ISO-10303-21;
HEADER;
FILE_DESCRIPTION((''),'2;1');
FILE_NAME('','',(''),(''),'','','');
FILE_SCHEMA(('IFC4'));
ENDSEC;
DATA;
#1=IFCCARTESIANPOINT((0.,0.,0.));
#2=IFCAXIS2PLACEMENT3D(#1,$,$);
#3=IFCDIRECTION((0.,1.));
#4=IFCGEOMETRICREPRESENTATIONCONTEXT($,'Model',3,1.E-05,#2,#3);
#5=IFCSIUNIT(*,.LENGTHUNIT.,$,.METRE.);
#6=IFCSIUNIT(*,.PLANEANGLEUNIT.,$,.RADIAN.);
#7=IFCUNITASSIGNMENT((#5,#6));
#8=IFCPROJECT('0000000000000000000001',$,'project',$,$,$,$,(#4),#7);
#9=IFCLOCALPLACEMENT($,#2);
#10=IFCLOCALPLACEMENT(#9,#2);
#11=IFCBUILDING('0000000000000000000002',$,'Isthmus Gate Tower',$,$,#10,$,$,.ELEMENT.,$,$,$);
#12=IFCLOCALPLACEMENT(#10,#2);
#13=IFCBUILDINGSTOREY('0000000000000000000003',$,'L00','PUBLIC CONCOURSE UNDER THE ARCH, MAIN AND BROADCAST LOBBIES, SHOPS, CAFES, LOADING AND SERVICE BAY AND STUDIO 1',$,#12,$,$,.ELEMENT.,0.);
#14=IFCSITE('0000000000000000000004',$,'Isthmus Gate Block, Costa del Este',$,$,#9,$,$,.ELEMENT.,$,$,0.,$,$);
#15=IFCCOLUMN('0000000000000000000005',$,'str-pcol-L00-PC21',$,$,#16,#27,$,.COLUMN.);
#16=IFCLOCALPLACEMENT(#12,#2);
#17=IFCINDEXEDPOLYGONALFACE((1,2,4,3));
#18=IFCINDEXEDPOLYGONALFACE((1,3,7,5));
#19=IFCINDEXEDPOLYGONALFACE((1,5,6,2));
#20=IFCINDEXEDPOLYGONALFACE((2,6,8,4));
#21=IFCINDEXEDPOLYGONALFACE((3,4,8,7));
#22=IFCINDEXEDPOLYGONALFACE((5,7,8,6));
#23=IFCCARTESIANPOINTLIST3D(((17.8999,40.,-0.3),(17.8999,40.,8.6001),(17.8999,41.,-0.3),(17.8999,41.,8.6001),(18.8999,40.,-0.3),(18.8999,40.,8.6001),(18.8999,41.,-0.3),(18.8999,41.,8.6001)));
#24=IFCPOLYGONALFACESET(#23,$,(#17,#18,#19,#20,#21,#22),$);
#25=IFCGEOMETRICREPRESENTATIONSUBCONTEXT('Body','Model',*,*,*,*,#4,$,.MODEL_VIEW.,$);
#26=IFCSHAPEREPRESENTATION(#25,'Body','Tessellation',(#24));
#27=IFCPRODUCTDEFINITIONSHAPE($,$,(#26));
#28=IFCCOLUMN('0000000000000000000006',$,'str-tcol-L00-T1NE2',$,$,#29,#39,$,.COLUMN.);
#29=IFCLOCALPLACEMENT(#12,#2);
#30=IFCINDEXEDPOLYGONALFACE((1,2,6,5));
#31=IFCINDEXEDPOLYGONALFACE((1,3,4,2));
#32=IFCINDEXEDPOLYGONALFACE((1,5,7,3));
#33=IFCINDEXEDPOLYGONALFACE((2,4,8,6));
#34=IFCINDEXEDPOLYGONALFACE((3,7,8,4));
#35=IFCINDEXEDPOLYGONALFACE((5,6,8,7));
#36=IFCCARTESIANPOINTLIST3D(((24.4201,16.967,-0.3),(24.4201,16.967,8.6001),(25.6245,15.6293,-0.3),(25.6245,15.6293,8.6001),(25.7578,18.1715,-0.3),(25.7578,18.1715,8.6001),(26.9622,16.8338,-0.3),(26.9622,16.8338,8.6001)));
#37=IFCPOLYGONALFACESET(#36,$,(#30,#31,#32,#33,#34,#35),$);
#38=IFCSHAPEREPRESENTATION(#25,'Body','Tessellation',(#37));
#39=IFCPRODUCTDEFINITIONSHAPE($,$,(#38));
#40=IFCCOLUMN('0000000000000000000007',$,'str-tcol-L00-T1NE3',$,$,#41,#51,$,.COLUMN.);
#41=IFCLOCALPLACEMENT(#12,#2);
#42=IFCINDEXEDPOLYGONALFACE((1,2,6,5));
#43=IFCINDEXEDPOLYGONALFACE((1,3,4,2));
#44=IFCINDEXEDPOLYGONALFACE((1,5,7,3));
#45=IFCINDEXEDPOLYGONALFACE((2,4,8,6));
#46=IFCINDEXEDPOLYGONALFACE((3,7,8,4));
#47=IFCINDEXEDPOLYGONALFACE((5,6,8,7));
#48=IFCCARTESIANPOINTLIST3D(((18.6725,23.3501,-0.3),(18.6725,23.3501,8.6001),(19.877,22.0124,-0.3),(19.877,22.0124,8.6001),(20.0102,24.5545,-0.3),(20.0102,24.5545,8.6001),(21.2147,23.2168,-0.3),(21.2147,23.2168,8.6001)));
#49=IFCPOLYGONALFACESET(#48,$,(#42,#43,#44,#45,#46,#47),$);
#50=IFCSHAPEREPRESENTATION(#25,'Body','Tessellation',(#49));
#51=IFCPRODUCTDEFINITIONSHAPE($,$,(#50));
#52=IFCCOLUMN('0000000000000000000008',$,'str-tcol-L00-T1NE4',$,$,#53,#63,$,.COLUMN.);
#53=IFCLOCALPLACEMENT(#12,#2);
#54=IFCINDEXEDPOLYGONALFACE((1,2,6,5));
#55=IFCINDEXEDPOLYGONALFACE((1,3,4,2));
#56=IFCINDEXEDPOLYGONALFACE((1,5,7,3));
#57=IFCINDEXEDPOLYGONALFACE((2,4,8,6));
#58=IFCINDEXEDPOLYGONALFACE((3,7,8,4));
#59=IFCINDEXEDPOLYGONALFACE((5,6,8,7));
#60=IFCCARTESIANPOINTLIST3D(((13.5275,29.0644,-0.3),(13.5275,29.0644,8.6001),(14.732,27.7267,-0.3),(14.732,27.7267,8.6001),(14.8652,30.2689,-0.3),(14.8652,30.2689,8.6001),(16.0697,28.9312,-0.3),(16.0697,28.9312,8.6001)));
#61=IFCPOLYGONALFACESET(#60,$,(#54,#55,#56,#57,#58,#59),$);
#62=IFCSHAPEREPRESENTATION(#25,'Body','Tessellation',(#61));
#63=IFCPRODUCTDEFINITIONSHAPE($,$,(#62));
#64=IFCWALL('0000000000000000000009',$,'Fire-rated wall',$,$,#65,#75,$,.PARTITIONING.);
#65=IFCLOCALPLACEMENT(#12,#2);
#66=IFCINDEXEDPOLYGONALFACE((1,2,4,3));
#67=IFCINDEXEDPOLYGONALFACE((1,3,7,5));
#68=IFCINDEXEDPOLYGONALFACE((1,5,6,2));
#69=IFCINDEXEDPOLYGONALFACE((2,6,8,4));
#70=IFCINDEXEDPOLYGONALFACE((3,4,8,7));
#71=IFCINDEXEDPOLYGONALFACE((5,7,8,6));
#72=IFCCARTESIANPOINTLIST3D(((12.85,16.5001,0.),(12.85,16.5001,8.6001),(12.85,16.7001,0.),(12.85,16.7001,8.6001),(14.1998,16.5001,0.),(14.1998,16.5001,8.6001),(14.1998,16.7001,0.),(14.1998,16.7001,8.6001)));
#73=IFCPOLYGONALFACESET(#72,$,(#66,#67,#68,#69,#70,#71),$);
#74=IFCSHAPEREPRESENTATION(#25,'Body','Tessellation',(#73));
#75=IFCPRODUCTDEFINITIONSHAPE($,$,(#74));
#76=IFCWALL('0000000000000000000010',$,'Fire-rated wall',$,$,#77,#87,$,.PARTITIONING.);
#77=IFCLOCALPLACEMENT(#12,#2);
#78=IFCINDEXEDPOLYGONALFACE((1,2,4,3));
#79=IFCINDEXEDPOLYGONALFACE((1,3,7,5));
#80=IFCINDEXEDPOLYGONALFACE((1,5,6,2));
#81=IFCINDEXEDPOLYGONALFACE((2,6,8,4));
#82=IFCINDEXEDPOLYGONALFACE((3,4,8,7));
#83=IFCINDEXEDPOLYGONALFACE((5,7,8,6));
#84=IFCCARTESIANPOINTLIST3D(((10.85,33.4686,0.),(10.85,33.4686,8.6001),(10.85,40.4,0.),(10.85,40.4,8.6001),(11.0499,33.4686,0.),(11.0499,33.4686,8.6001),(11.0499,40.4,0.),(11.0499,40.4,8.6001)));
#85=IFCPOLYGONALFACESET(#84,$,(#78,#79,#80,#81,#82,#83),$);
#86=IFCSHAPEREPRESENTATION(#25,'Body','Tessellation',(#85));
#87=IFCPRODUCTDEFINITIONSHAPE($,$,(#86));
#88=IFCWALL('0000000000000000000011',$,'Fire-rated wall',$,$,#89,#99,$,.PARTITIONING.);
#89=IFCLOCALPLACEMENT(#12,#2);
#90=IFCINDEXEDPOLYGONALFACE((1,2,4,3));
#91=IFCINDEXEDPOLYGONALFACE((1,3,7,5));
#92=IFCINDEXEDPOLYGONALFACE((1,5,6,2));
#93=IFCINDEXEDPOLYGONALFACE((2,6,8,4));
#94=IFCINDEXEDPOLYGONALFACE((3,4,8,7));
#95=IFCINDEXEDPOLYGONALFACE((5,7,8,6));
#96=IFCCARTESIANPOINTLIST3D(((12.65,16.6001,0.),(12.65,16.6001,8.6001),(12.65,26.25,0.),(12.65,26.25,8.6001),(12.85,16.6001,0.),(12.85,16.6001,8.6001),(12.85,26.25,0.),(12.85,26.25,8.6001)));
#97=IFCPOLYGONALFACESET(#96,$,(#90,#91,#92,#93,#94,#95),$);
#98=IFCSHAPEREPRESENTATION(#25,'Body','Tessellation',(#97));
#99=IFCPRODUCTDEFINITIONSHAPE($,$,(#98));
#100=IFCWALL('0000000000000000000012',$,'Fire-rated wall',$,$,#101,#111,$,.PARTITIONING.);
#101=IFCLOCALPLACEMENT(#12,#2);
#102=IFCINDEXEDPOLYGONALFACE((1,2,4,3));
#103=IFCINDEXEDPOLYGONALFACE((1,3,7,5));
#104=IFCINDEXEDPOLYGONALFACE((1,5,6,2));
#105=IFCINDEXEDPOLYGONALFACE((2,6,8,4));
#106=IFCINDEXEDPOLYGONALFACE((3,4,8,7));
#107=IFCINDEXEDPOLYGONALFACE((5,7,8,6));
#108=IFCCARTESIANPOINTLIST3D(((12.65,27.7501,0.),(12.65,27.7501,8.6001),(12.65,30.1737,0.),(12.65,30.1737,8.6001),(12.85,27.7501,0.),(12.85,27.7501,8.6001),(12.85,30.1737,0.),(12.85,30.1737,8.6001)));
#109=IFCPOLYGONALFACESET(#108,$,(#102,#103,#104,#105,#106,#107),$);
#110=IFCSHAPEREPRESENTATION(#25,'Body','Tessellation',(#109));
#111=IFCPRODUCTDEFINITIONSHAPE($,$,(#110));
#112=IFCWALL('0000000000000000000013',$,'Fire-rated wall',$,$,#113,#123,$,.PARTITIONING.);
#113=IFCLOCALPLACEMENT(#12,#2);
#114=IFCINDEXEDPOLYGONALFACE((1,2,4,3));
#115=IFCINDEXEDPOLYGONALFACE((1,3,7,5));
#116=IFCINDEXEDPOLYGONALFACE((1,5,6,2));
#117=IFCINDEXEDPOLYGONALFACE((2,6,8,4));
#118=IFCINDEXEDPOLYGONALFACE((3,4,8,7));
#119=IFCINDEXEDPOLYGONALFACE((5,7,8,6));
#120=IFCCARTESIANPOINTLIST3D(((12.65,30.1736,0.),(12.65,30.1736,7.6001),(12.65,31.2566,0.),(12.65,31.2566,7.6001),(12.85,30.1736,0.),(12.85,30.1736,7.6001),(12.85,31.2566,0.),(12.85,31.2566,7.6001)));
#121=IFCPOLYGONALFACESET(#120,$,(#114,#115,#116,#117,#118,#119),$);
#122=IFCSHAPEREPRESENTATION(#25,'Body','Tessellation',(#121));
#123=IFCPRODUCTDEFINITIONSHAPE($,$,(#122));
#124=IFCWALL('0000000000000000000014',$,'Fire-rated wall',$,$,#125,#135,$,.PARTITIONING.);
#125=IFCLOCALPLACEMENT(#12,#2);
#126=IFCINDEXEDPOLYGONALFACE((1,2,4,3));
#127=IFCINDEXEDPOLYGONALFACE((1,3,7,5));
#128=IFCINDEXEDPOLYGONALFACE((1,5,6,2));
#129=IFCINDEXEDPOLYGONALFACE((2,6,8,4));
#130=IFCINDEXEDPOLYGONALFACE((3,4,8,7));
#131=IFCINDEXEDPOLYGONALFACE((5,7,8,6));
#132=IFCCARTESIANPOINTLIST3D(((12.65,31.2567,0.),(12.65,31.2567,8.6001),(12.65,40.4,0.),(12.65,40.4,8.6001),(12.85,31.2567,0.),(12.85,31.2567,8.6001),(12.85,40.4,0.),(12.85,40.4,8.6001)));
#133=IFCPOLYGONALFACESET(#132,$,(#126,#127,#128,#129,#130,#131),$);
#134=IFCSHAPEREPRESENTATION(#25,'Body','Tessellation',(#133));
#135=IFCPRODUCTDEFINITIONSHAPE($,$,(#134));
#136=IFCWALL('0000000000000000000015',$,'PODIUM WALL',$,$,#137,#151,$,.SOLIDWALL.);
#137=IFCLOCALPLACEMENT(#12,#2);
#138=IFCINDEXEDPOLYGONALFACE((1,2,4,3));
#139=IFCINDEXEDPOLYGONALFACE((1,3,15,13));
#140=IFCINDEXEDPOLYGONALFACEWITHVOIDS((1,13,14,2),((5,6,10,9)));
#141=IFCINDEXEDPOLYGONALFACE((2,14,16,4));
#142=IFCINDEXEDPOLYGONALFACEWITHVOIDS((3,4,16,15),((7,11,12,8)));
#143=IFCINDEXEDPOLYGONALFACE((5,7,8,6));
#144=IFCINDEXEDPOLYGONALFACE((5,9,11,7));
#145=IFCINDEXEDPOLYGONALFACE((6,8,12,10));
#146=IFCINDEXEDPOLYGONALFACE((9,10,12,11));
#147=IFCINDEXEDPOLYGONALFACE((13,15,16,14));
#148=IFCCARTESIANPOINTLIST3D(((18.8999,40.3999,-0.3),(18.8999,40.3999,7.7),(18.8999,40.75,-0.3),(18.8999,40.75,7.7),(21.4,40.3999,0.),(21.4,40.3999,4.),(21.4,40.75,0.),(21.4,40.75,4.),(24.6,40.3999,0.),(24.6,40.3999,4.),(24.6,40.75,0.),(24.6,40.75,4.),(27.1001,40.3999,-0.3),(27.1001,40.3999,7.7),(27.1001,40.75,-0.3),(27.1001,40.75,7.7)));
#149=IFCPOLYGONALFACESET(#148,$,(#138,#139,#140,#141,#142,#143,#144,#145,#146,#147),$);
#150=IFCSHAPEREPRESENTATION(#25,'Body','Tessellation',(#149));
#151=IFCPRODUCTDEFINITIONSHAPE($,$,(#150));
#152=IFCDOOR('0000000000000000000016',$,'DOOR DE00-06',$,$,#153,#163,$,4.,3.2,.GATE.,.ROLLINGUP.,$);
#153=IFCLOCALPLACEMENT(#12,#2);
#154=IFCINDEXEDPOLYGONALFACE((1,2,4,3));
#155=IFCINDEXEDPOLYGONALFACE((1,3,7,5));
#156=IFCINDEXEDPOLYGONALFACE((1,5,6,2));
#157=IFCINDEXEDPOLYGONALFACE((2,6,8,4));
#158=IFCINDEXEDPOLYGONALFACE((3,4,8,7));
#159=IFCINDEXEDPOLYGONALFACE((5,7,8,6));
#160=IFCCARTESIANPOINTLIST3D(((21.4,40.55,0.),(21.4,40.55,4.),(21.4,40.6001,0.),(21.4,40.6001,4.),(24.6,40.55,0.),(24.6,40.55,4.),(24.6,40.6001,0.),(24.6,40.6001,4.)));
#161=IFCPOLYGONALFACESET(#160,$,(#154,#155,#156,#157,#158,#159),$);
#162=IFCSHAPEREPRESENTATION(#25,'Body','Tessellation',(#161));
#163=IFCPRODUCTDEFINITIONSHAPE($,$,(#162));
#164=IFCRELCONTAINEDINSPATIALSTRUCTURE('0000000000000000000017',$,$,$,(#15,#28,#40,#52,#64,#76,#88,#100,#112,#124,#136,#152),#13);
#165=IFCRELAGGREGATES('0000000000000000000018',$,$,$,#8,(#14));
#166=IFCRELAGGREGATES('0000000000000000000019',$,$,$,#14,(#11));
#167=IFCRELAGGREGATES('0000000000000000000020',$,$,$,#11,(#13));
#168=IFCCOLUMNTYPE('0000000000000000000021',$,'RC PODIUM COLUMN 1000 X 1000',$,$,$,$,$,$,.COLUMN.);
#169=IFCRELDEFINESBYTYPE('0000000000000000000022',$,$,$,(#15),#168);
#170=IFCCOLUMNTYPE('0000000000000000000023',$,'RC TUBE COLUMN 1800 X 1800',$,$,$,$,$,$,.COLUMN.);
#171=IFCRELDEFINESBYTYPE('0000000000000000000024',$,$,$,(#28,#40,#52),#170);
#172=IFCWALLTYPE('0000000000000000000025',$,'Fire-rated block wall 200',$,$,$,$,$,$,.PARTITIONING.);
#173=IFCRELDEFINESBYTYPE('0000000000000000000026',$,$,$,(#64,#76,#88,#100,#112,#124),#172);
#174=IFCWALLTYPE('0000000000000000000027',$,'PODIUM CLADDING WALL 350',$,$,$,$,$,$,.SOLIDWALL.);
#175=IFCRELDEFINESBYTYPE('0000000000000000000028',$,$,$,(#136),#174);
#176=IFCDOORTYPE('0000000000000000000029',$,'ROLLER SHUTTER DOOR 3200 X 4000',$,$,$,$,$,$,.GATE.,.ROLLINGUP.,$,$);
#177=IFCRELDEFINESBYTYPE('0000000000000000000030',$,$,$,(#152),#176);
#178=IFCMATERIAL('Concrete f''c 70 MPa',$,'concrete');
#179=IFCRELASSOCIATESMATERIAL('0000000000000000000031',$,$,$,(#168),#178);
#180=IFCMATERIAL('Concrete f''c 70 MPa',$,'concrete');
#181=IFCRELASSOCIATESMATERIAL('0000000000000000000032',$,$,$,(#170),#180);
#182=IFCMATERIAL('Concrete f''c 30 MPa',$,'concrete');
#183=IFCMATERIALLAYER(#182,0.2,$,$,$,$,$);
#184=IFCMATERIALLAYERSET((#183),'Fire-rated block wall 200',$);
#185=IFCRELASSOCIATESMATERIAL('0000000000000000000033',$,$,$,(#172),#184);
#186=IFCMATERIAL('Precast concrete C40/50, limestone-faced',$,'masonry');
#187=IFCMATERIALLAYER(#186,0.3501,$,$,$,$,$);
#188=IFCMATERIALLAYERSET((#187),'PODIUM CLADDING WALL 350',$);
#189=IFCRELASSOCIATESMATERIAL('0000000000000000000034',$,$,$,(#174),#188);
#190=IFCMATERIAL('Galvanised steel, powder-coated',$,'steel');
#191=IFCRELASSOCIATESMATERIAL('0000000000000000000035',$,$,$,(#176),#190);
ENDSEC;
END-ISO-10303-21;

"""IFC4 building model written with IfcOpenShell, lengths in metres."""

from ifc_helpers import new_model, si_unit, direction, frame, frame_2d, origin, origin_2d, place, context, subcontext, project, spatial, rectangle, extrude, material, layer, layer_set, material_profile, profile_set, type_object, element, fill, save


model = new_model("IFC4")

# Units and contexts
model_context = context("Model", 3, precision=1e-05, world=origin(), true_north=direction((0.0, 1.0)))
body_context = subcontext(model_context, "Body", "Model", "MODEL_VIEW")
ifc_project = project(units=[si_unit("LENGTHUNIT", "METRE"), si_unit("PLANEANGLEUNIT", "RADIAN")], contexts=[model_context])

# Site, building, storey
site_placement = place(None, origin())
site = spatial("IfcSite", under=ifc_project, at=site_placement, Name="Isthmus Gate Block, Costa del Este", CompositionType="ELEMENT", RefElevation=0.0)
building_placement = place(site_placement, origin())
building = spatial("IfcBuilding", under=site, at=building_placement, Name="Isthmus Gate Tower", CompositionType="ELEMENT")
storey_placement = place(building_placement, origin())
storey = spatial("IfcBuildingStorey", under=building, at=storey_placement, Name="L00", Description="PUBLIC CONCOURSE UNDER THE ARCH, MAIN AND BROADCAST LOBBIES, SHOPS, CAFES, LOADING AND SERVICE BAY AND STUDIO 1", CompositionType="ELEMENT", Elevation=0.0)

# Columns
ifc_material_1 = material(Name="Concrete f'c 70 MPa", Category="concrete")
ifc_material_profile_1 = material_profile(ifc_material_1, rectangle(XDim=1.0, YDim=1.0, at=origin_2d()), Name="RC 1000X1000")
ifc_profile_set_1 = profile_set([ifc_material_profile_1], Name="Concrete f'c 70 MPa")
column_type_1 = type_object("IfcColumnType", Name="RC PODIUM COLUMN 1000 X 1000", PredefinedType="COLUMN", material=ifc_profile_set_1)
for number, where, z_axis, x_axis, name in (
    (1, (18.3999, 40.5, -0.3), (0.0, 0.0, 1.0), (-1.0, 0.0, 0.0), "str-pcol-L00-PC21"),
):
    element("IfcColumn", number, at=place(storey_placement, frame(where, z_axis=z_axis, x_axis=x_axis)), inside=storey, type_object=column_type_1, Name=name, PredefinedType="COLUMN", context=body_context, shape_type="SweptSolid", body=[
        extrude(rectangle(XDim=1.0, YDim=1.0, at=origin_2d()), origin(), (0.0, 0.0, 1.0), 8.9001),
    ])
ifc_material_2 = material(Name="Concrete f'c 70 MPa", Category="concrete")
ifc_material_profile_2 = material_profile(ifc_material_2, rectangle(XDim=1.8, YDim=1.8, at=origin_2d()), Name="RC 1800X1800")
ifc_profile_set_2 = profile_set([ifc_material_profile_2], Name="Concrete f'c 70 MPa")
column_type_2 = type_object("IfcColumnType", Name="RC TUBE COLUMN 1800 X 1800", PredefinedType="COLUMN", material=ifc_profile_set_2)
for number, where, z_axis, x_axis, name in (
    (2, (25.6912, 16.9004, -0.3), (0.0, 0.0, 1.0), (-0.669131, 0.743145, 0.0), "str-tcol-L00-T1NE2"),
    (3, (19.9436, 23.2834, -0.3), (0.0, 0.0, 1.0), (-0.669131, 0.743145, 0.0), "str-tcol-L00-T1NE3"),
    (4, (14.7986, 28.9978, -0.3), (0.0, 0.0, 1.0), (-0.669131, 0.743145, 0.0), "str-tcol-L00-T1NE4"),
):
    element("IfcColumn", number, at=place(storey_placement, frame(where, z_axis=z_axis, x_axis=x_axis)), inside=storey, type_object=column_type_2, Name=name, PredefinedType="COLUMN", context=body_context, shape_type="SweptSolid", body=[
        extrude(rectangle(XDim=1.8, YDim=1.8, at=origin_2d()), origin(), (0.0, 0.0, 1.0), 8.9001),
    ])

# Walls
ifc_material_3 = material(Name="Concrete f'c 30 MPa", Category="concrete")
ifc_layer_1 = layer(ifc_material_3, 0.2)
ifc_layer_set_1 = layer_set([ifc_layer_1], Name="Fire-rated block wall 200")
wall_type_1 = type_object("IfcWallType", Name="Fire-rated block wall 200", PredefinedType="PARTITIONING", material=ifc_layer_set_1)
wall_1_placement = place(storey_placement, frame((12.8501, 16.6001, 0.0), z_axis=(0.0, 0.0, 1.0), x_axis=(1.0, 0.0, 0.0)))
element("IfcWall", 5, at=wall_1_placement, inside=storey, type_object=wall_type_1, Name="Fire-rated wall", PredefinedType="PARTITIONING", context=body_context, shape_type="SweptSolid", body=[
    extrude(rectangle(XDim=1.3499, YDim=0.2, at=frame_2d((0.6748, 0.0))), origin(), (0.0, 0.0, 1.0), 8.6001),
])
wall_2_placement = place(storey_placement, frame((10.95, 33.4685, 0.0), z_axis=(0.0, 0.0, 1.0), x_axis=(0.0, 1.0, 0.0)))
element("IfcWall", 6, at=wall_2_placement, inside=storey, type_object=wall_type_1, Name="Fire-rated wall", PredefinedType="PARTITIONING", context=body_context, shape_type="SweptSolid", body=[
    extrude(rectangle(XDim=6.9314, YDim=0.2, at=frame_2d((3.4658, 0.0))), origin(), (0.0, 0.0, 1.0), 8.6001),
])
wall_3_placement = place(storey_placement, frame((12.75, 16.6001, 0.0), z_axis=(0.0, 0.0, 1.0), x_axis=(0.0, 1.0, 0.0)))
element("IfcWall", 7, at=wall_3_placement, inside=storey, type_object=wall_type_1, Name="Fire-rated wall", PredefinedType="PARTITIONING", context=body_context, shape_type="SweptSolid", body=[
    extrude(rectangle(XDim=9.6499, YDim=0.2, at=frame_2d((4.825, 0.0))), origin(), (0.0, 0.0, 1.0), 8.6001),
])
wall_4_placement = place(storey_placement, frame((12.75, 27.75, 0.0), z_axis=(0.0, 0.0, 1.0), x_axis=(0.0, 1.0, 0.0)))
element("IfcWall", 8, at=wall_4_placement, inside=storey, type_object=wall_type_1, Name="Fire-rated wall", PredefinedType="PARTITIONING", context=body_context, shape_type="SweptSolid", body=[
    extrude(rectangle(XDim=2.4236, YDim=0.2, at=frame_2d((1.2119, 0.0))), origin(), (0.0, 0.0, 1.0), 8.6001),
])
wall_5_placement = place(storey_placement, frame((12.75, 30.1736, 0.0), z_axis=(0.0, 0.0, 1.0), x_axis=(0.0, 1.0, 0.0)))
element("IfcWall", 9, at=wall_5_placement, inside=storey, type_object=wall_type_1, Name="Fire-rated wall", PredefinedType="PARTITIONING", context=body_context, shape_type="SweptSolid", body=[
    extrude(rectangle(XDim=1.083, YDim=0.2, at=frame_2d((0.5415, 0.0))), origin(), (0.0, 0.0, 1.0), 7.6001),
])
wall_6_placement = place(storey_placement, frame((12.75, 31.2566, 0.0), z_axis=(0.0, 0.0, 1.0), x_axis=(0.0, 1.0, 0.0)))
element("IfcWall", 10, at=wall_6_placement, inside=storey, type_object=wall_type_1, Name="Fire-rated wall", PredefinedType="PARTITIONING", context=body_context, shape_type="SweptSolid", body=[
    extrude(rectangle(XDim=9.1433, YDim=0.2, at=frame_2d((4.5718, 0.0))), origin(), (0.0, 0.0, 1.0), 8.6001),
])

# Wall, opening, door
ifc_material_4 = material(Name="Precast concrete C40/50, limestone-faced", Category="masonry")
ifc_layer_2 = layer(ifc_material_4, 0.3501)
ifc_layer_set_2 = layer_set([ifc_layer_2], Name="PODIUM CLADDING WALL 350")
wall_type_2 = type_object("IfcWallType", Name="PODIUM CLADDING WALL 350", PredefinedType="SOLIDWALL", material=ifc_layer_set_2)
wall_7_placement = place(storey_placement, frame((27.1001, 40.575, -0.3), z_axis=(0.0, 0.0, 1.0), x_axis=(-1.0, 0.0, 0.0)))
wall_7 = element("IfcWall", 11, at=wall_7_placement, inside=storey, type_object=wall_type_2, Name="PODIUM WALL", PredefinedType="SOLIDWALL", context=body_context, shape_type="SweptSolid", body=[
    extrude(rectangle(XDim=8.2002, YDim=0.3501, at=frame_2d((4.1001, 0.0))), origin(), (0.0, 0.0, 1.0), 8.0),
])
opening_1_placement = place(wall_7_placement, frame((2.5, 0.0, 0.3)))
opening_1 = element("IfcOpeningElement", 12, at=opening_1_placement, cuts=wall_7, PredefinedType="OPENING", context=body_context, shape_type="SweptSolid", body=[
    extrude(rectangle(XDim=3.2, YDim=4.0, at=frame_2d((1.6001, 2.0))), frame((0.0, 0.1851, 0.0), z_axis=(0.0, -1.0, 0.0), x_axis=(1.0, 0.0, 0.0)), (0.0, 0.0, 1.0), 0.3701),
])
ifc_material_5 = material(Name="Galvanised steel, powder-coated", Category="steel")
door_type_1 = type_object("IfcDoorType", Name="ROLLER SHUTTER DOOR 3200 X 4000", OperationType="ROLLINGUP", PredefinedType="GATE", material=ifc_material_5)
door_1_placement = place(opening_1_placement, origin())
door_1 = element("IfcDoor", 13, at=door_1_placement, inside=storey, type_object=door_type_1, Name="DOOR DE00-06", OperationType="ROLLINGUP", OverallHeight=4.0, OverallWidth=3.2, PredefinedType="GATE", context=body_context, shape_type="SweptSolid", body=[
    extrude(rectangle(XDim=3.2, YDim=4.0, at=frame_2d((1.6001, 2.0))), frame((0.0, 0.0249, 0.0), z_axis=(0.0, -1.0, 0.0), x_axis=(1.0, 0.0, 0.0)), (0.0, 0.0, 1.0), 0.05),
])
fill(opening_1, door_1)

save(model, "model.ifc")
